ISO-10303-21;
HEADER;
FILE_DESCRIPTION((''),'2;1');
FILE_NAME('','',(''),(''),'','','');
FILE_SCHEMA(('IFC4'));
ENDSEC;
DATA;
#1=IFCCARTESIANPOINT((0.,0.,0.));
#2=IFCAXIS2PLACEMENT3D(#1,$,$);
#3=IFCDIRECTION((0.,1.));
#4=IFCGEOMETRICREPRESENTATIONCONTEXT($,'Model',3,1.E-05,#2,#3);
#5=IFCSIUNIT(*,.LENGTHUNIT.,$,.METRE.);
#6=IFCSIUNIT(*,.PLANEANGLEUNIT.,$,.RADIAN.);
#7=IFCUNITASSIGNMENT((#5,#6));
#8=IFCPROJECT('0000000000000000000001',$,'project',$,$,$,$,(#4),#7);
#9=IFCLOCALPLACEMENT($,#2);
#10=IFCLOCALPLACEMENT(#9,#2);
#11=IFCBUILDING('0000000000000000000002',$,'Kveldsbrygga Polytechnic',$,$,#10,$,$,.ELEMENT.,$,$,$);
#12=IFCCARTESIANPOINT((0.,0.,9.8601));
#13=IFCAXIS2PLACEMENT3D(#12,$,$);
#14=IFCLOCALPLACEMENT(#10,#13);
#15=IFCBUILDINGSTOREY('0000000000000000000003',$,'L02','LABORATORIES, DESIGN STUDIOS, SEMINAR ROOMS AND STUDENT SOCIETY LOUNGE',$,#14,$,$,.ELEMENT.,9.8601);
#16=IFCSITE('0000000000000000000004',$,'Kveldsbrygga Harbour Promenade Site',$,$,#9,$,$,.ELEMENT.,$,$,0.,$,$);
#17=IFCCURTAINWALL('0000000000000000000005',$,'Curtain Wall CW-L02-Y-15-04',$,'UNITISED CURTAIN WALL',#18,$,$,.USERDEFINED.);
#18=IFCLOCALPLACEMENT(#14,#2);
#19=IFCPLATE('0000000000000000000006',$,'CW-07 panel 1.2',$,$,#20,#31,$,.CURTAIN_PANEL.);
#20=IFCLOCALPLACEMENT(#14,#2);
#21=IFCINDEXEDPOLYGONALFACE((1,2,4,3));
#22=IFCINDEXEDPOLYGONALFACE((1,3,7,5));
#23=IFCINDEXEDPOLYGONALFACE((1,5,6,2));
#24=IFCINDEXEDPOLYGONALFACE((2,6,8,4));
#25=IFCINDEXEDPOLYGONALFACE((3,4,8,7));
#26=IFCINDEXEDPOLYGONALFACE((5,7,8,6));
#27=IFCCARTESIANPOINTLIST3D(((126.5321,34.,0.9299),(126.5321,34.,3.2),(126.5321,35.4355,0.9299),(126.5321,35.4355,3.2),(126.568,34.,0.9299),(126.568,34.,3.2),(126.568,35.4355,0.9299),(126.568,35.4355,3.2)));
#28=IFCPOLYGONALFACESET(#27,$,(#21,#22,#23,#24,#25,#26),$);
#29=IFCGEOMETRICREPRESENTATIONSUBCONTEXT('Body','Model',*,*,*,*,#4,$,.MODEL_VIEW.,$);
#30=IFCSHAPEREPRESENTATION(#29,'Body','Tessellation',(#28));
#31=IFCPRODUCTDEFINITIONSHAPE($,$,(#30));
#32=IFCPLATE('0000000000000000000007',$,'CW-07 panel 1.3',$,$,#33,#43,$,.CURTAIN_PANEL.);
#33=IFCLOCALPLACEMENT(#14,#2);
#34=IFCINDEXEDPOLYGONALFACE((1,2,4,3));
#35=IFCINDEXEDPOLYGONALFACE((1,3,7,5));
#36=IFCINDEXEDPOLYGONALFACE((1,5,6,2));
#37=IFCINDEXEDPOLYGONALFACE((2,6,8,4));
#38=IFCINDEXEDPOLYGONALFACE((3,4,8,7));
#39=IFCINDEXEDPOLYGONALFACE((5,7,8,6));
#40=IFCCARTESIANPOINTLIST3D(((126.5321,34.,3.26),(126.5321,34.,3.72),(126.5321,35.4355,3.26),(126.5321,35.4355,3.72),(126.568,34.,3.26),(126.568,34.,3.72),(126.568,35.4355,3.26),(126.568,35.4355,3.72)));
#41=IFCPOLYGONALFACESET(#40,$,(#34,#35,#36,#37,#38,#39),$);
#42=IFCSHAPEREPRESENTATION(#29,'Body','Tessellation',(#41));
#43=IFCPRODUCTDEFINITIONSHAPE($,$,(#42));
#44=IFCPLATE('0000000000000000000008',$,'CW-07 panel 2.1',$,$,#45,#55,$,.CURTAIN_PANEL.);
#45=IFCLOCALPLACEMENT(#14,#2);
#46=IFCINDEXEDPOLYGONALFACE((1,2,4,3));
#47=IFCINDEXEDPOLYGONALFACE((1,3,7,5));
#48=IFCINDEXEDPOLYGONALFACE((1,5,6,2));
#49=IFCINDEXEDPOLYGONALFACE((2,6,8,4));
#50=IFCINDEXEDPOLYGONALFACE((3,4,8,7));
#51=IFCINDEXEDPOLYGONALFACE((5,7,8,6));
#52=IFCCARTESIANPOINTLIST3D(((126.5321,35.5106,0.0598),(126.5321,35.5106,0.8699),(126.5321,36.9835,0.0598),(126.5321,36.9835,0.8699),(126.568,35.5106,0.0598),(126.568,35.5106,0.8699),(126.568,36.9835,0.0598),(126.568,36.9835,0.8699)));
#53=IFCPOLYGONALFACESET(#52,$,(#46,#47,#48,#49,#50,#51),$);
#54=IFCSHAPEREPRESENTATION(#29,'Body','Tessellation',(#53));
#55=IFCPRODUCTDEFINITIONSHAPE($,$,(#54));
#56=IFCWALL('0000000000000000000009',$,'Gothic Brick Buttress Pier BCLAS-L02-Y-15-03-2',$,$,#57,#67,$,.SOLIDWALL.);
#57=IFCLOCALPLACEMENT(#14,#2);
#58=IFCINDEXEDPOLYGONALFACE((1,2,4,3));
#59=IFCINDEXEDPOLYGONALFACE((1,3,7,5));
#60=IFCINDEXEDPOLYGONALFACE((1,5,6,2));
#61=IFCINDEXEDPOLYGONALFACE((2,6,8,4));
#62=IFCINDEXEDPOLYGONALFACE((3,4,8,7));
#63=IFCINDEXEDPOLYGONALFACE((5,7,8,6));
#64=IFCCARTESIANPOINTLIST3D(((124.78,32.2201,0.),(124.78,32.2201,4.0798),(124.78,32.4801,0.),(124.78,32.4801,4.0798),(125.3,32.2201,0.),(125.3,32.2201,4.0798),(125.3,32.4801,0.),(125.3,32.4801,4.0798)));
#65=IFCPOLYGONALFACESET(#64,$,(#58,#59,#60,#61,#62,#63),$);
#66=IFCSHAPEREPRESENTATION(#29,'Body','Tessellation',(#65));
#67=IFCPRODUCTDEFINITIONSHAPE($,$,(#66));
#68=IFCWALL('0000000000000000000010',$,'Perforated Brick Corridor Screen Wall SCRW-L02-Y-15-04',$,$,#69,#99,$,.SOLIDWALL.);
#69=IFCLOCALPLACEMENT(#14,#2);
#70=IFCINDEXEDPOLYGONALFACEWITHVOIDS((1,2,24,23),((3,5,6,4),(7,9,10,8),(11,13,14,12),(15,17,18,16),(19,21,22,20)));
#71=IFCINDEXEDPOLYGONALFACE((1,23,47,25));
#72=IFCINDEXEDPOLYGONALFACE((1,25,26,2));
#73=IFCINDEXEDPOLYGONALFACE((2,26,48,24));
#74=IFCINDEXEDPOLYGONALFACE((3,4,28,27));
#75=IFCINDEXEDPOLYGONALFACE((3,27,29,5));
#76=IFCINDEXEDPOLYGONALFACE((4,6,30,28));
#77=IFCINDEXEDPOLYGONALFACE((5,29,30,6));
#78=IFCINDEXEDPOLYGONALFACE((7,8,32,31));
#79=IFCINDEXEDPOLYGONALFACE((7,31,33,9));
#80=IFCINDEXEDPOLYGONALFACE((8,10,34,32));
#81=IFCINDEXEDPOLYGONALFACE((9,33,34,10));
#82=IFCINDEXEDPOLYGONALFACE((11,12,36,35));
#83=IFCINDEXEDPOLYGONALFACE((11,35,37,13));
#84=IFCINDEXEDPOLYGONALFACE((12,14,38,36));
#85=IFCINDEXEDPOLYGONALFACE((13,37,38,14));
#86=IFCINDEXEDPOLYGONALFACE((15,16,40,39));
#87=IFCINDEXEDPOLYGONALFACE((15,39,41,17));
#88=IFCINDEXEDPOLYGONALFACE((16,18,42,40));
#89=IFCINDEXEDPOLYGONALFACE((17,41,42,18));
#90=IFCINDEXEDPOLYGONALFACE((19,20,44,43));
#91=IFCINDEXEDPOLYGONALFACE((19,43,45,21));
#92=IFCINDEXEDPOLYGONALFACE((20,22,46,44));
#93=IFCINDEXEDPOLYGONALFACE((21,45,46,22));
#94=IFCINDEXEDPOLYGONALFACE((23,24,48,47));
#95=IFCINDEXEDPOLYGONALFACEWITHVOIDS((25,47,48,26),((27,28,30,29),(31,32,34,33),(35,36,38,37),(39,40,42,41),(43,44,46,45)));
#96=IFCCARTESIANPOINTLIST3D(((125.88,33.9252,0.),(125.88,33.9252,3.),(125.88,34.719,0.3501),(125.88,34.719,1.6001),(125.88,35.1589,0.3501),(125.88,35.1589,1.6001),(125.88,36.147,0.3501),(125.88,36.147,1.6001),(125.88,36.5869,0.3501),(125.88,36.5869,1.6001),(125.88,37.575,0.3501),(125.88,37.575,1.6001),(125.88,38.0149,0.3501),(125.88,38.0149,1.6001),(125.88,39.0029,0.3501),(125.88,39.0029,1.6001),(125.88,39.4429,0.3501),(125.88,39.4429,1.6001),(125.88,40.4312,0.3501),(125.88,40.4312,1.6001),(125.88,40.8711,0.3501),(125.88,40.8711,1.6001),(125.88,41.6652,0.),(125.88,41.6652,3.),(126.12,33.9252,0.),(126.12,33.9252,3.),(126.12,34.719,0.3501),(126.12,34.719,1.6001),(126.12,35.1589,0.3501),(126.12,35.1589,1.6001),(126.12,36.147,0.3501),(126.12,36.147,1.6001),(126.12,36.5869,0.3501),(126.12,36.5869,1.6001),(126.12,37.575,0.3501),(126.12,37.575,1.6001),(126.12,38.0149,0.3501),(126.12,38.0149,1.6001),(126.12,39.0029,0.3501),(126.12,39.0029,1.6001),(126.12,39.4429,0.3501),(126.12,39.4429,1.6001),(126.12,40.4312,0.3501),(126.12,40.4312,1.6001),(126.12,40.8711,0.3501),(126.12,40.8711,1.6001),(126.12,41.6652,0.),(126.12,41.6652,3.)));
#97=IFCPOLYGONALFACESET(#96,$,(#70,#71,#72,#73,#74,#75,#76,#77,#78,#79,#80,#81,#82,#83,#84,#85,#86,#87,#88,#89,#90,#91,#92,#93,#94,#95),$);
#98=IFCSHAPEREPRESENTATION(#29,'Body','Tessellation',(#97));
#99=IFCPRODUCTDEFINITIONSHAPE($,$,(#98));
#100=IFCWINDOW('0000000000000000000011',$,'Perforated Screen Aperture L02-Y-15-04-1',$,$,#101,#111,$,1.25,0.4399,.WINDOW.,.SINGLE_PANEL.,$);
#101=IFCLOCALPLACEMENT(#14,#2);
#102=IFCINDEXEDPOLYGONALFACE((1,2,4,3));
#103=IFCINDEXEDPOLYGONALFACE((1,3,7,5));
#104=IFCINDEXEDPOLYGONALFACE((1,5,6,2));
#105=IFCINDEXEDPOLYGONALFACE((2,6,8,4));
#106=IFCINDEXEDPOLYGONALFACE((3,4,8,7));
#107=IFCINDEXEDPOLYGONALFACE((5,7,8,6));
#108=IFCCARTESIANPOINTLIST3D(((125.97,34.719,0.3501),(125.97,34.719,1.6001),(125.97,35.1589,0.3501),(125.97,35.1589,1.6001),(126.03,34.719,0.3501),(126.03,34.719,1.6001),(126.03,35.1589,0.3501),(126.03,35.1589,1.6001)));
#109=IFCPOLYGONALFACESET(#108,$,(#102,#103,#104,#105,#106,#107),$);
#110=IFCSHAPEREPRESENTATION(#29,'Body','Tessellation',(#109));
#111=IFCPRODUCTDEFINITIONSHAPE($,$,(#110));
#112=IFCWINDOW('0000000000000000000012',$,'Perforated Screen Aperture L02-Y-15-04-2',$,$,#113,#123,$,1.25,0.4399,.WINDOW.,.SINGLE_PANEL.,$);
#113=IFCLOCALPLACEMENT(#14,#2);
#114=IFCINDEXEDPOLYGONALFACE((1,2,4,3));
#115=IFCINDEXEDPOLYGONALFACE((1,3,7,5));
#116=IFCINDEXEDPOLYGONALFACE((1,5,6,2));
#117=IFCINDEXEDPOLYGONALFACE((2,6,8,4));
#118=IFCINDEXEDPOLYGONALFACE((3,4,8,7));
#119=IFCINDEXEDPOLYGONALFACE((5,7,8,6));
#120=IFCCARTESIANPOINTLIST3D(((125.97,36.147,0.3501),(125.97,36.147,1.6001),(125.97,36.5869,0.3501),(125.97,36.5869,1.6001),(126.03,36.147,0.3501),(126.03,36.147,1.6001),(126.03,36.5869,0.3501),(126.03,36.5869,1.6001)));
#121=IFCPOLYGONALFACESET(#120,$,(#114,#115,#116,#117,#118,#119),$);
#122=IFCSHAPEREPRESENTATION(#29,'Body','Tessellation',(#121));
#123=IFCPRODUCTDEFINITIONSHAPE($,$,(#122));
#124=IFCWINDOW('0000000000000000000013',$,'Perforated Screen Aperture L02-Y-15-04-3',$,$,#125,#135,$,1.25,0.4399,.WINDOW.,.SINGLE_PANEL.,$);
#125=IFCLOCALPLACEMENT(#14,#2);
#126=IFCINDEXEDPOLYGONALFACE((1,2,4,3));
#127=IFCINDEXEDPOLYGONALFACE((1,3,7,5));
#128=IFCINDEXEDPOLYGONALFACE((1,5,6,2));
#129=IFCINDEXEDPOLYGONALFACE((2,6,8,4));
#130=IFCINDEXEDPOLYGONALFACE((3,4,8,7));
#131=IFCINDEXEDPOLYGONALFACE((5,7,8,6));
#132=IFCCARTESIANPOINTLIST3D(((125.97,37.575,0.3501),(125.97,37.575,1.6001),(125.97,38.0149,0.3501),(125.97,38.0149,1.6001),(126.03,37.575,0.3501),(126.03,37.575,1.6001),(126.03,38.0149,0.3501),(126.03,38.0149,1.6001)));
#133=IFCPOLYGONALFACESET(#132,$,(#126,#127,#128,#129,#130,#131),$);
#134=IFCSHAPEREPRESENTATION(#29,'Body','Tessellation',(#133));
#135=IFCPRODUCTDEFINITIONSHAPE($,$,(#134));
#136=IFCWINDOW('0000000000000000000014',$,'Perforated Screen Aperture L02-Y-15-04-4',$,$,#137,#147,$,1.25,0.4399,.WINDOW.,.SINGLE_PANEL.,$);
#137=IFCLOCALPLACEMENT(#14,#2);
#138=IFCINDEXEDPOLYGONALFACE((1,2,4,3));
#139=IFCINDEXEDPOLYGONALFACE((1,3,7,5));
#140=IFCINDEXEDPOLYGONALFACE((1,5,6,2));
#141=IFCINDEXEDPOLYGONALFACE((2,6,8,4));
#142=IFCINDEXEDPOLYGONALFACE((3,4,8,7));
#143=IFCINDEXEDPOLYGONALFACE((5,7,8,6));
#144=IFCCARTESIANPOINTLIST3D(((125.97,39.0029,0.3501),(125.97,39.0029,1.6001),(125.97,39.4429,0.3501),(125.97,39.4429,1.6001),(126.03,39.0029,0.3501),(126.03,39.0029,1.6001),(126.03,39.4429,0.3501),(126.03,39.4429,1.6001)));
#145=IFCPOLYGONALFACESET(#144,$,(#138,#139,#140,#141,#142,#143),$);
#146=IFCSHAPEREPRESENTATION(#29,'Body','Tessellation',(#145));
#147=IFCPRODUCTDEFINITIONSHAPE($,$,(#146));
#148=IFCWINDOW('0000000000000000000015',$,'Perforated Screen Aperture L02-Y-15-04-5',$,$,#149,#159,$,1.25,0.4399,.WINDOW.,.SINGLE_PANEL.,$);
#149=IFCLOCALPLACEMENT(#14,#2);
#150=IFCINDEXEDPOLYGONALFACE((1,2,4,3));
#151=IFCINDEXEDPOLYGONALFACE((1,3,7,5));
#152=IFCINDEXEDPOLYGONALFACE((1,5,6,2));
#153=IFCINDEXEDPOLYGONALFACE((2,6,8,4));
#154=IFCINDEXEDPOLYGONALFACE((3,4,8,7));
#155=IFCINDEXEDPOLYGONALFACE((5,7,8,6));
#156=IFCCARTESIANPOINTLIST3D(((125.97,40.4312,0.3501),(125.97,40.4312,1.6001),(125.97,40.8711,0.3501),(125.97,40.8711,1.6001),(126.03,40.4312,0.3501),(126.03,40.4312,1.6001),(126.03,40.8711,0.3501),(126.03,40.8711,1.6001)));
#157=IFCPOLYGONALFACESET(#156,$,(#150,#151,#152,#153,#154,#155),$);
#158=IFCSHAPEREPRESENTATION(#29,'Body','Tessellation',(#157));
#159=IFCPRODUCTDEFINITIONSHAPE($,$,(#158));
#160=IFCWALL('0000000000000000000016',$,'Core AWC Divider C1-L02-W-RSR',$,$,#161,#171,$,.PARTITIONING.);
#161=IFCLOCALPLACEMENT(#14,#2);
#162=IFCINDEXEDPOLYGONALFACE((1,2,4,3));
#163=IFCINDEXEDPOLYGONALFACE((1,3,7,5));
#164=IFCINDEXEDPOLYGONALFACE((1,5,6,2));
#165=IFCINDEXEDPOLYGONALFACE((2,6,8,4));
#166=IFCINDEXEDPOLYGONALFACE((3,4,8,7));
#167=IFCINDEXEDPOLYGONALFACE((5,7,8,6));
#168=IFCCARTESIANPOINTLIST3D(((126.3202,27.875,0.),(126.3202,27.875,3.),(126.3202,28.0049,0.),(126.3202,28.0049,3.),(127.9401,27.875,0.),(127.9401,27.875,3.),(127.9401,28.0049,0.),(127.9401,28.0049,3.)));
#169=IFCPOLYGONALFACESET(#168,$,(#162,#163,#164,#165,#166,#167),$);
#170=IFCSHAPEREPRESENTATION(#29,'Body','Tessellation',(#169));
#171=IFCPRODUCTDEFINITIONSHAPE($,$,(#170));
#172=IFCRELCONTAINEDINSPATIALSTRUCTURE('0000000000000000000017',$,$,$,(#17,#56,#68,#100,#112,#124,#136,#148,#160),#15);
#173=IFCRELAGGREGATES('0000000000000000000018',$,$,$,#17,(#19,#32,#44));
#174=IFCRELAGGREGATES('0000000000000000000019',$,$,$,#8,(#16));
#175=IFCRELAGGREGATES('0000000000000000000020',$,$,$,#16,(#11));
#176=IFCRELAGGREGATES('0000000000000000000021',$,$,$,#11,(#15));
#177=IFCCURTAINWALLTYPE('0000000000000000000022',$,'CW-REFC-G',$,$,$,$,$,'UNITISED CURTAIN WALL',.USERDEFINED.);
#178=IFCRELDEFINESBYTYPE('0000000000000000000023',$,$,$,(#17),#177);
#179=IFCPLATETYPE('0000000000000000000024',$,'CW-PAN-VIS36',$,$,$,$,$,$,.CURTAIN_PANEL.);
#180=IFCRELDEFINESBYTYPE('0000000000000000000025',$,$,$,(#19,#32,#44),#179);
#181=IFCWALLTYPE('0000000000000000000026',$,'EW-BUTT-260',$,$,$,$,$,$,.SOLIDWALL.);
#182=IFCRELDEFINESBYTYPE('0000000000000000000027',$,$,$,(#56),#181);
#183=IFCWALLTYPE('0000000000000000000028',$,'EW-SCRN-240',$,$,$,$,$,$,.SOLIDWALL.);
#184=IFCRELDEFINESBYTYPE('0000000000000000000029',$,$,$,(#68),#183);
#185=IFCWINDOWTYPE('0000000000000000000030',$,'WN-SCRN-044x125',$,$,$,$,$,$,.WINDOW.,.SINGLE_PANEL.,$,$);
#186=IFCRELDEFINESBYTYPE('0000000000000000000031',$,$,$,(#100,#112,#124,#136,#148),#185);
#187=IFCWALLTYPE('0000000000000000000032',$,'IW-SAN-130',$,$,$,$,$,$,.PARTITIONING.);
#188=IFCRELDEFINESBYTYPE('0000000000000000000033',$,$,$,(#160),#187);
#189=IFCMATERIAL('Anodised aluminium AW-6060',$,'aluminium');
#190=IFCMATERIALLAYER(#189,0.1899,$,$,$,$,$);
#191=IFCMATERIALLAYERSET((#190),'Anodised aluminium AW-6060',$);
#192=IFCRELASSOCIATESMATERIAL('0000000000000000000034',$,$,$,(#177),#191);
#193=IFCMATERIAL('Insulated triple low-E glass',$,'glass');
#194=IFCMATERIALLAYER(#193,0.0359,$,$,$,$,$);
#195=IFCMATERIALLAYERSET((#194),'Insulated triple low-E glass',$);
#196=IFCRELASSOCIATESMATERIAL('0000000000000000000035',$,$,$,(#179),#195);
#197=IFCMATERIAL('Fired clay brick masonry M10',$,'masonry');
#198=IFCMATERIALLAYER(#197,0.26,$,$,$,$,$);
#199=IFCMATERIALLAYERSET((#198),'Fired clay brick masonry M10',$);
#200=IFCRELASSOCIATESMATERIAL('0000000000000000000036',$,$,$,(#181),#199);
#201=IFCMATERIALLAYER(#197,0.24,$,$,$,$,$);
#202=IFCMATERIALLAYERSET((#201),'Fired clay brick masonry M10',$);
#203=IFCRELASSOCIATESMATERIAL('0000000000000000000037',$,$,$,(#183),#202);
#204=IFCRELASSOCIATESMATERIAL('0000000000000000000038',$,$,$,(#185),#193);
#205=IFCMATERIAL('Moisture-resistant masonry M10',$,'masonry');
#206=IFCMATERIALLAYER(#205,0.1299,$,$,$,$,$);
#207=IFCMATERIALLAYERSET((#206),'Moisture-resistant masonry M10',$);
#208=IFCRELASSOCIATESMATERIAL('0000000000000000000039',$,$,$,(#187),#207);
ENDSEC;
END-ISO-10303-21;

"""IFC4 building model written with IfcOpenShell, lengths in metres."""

from ifc_helpers import new_model, si_unit, direction, frame, frame_2d, origin, origin_2d, place, context, subcontext, project, spatial, rectangle, extrude, material, layer, layer_set, type_object, element, fill, aggregate, save


model = new_model("IFC4")

# Units and contexts
model_context = context("Model", 3, precision=1e-05, world=origin(), true_north=direction((0.0, 1.0)))
body_context = subcontext(model_context, "Body", "Model", "MODEL_VIEW")
ifc_project = project(units=[si_unit("LENGTHUNIT", "METRE"), si_unit("PLANEANGLEUNIT", "RADIAN")], contexts=[model_context])

# Site, building, storey
site_placement = place(None, origin())
site = spatial("IfcSite", under=ifc_project, at=site_placement, Name="Kveldsbrygga Harbour Promenade Site", CompositionType="ELEMENT", RefElevation=0.0)
building_placement = place(site_placement, origin())
building = spatial("IfcBuilding", under=site, at=building_placement, Name="Kveldsbrygga Polytechnic", CompositionType="ELEMENT")
storey_placement = place(building_placement, frame((0.0, 0.0, 9.8601)))
storey = spatial("IfcBuildingStorey", under=building, at=storey_placement, Name="L02", Description="LABORATORIES, DESIGN STUDIOS, SEMINAR ROOMS AND STUDENT SOCIETY LOUNGE", CompositionType="ELEMENT", Elevation=9.8601)

# Curtain wall, plates
ifc_material_1 = material(Name="Anodised aluminium AW-6060", Category="aluminium")
ifc_layer_1 = layer(ifc_material_1, 0.1899)
ifc_layer_set_1 = layer_set([ifc_layer_1], Name="Anodised aluminium AW-6060")
curtain_wall_type = type_object("IfcCurtainWallType", Name="CW-REFC-G", ElementType="UNITISED CURTAIN WALL", PredefinedType="USERDEFINED", material=ifc_layer_set_1)
curtain_wall_placement = place(storey_placement, origin())
curtain_wall = element("IfcCurtainWall", 1, at=curtain_wall_placement, inside=storey, type_object=curtain_wall_type, Name="Curtain Wall CW-L02-Y-15-04", ObjectType="UNITISED CURTAIN WALL", PredefinedType="USERDEFINED")
ifc_material_2 = material(Name="Insulated triple low-E glass", Category="glass")
ifc_layer_2 = layer(ifc_material_2, 0.0359)
ifc_layer_set_2 = layer_set([ifc_layer_2], Name="Insulated triple low-E glass")
plate_type = type_object("IfcPlateType", Name="CW-PAN-VIS36", PredefinedType="CURTAIN_PANEL", material=ifc_layer_set_2)
plate_1_placement = place(storey_placement, frame((126.55, 34.7178, 0.9299), z_axis=(0.0, 0.0, 1.0), x_axis=(0.0, 1.0, 0.0)))
plate_1 = element("IfcPlate", 2, at=plate_1_placement, type_object=plate_type, Name="CW-07 panel 1.2", PredefinedType="CURTAIN_PANEL", context=body_context, shape_type="SweptSolid", body=[
    extrude(rectangle(XDim=1.4355, YDim=0.0359, at=origin_2d()), origin(), (0.0, 0.0, 1.0), 2.27),
])
plate_2_placement = place(storey_placement, frame((126.55, 34.7178, 3.26), z_axis=(0.0, 0.0, 1.0), x_axis=(0.0, 1.0, 0.0)))
plate_2 = element("IfcPlate", 3, at=plate_2_placement, type_object=plate_type, Name="CW-07 panel 1.3", PredefinedType="CURTAIN_PANEL", context=body_context, shape_type="SweptSolid", body=[
    extrude(rectangle(XDim=1.4355, YDim=0.0359, at=origin_2d()), origin(), (0.0, 0.0, 1.0), 0.46),
])
plate_3_placement = place(storey_placement, frame((126.55, 36.2471, 0.0598), z_axis=(0.0, 0.0, 1.0), x_axis=(0.0, 1.0, 0.0)))
plate_3 = element("IfcPlate", 4, at=plate_3_placement, type_object=plate_type, Name="CW-07 panel 2.1", PredefinedType="CURTAIN_PANEL", context=body_context, shape_type="SweptSolid", body=[
    extrude(rectangle(XDim=1.4729, YDim=0.0359, at=origin_2d()), origin(), (0.0, 0.0, 1.0), 0.8101),
])
aggregate(curtain_wall, [plate_1, plate_2, plate_3])

# Wall
ifc_material_3 = material(Name="Fired clay brick masonry M10", Category="masonry")
ifc_layer_3 = layer(ifc_material_3, 0.26)
ifc_layer_set_3 = layer_set([ifc_layer_3], Name="Fired clay brick masonry M10")
wall_type_1 = type_object("IfcWallType", Name="EW-BUTT-260", PredefinedType="SOLIDWALL", material=ifc_layer_set_3)
wall_1_placement = place(storey_placement, frame((125.3, 32.3501, 0.0), z_axis=(0.0, 0.0, 1.0), x_axis=(-1.0, 0.0, 0.0)))
element("IfcWall", 5, at=wall_1_placement, inside=storey, type_object=wall_type_1, Name="Gothic Brick Buttress Pier BCLAS-L02-Y-15-03-2", PredefinedType="SOLIDWALL", context=body_context, shape_type="SweptSolid", body=[
    extrude(rectangle(XDim=0.52, YDim=0.26, at=frame_2d((0.26, 0.0))), origin(), (0.0, 0.0, 1.0), 4.0798),
])

# Wall, openings, windows
ifc_layer_4 = layer(ifc_material_3, 0.24)
ifc_layer_set_4 = layer_set([ifc_layer_4], Name="Fired clay brick masonry M10")
wall_type_2 = type_object("IfcWallType", Name="EW-SCRN-240", PredefinedType="SOLIDWALL", material=ifc_layer_set_4)
wall_2_placement = place(storey_placement, frame((126.0, 33.925, 0.0), z_axis=(0.0, 0.0, 1.0), x_axis=(0.0, 1.0, 0.0)))
wall_2 = element("IfcWall", 6, at=wall_2_placement, inside=storey, type_object=wall_type_2, Name="Perforated Brick Corridor Screen Wall SCRW-L02-Y-15-04", PredefinedType="SOLIDWALL", context=body_context, shape_type="SweptSolid", body=[
    extrude(rectangle(XDim=7.74, YDim=0.24, at=frame_2d((3.8701, 0.0))), origin(), (0.0, 0.0, 1.0), 3.0),
])
opening_1_placement = place(wall_2_placement, frame((0.7939, 0.0, 0.3501)))
opening_1 = element("IfcOpeningElement", 7, at=opening_1_placement, cuts=wall_2, PredefinedType="OPENING", context=body_context, shape_type="SweptSolid", body=[
    extrude(rectangle(XDim=0.4399, YDim=1.25, at=frame_2d((0.22, 0.625))), frame((0.0, 0.1299, 0.0), z_axis=(0.0, -1.0, 0.0), x_axis=(1.0, 0.0, 0.0)), (0.0, 0.0, 1.0), 0.26),
])
opening_2_placement = place(wall_2_placement, frame((2.2219, 0.0, 0.3501)))
opening_2 = element("IfcOpeningElement", 8, at=opening_2_placement, cuts=wall_2, PredefinedType="OPENING", context=body_context, shape_type="SweptSolid", body=[
    extrude(rectangle(XDim=0.4399, YDim=1.25, at=frame_2d((0.22, 0.625))), frame((0.0, 0.1299, 0.0), z_axis=(0.0, -1.0, 0.0), x_axis=(1.0, 0.0, 0.0)), (0.0, 0.0, 1.0), 0.26),
])
opening_3_placement = place(wall_2_placement, frame((3.6499, 0.0, 0.3501)))
opening_3 = element("IfcOpeningElement", 9, at=opening_3_placement, cuts=wall_2, PredefinedType="OPENING", context=body_context, shape_type="SweptSolid", body=[
    extrude(rectangle(XDim=0.4399, YDim=1.25, at=frame_2d((0.22, 0.625))), frame((0.0, 0.1299, 0.0), z_axis=(0.0, -1.0, 0.0), x_axis=(1.0, 0.0, 0.0)), (0.0, 0.0, 1.0), 0.26),
])
opening_4_placement = place(wall_2_placement, frame((5.0779, 0.0, 0.3501)))
opening_4 = element("IfcOpeningElement", 10, at=opening_4_placement, cuts=wall_2, PredefinedType="OPENING", context=body_context, shape_type="SweptSolid", body=[
    extrude(rectangle(XDim=0.4399, YDim=1.25, at=frame_2d((0.22, 0.625))), frame((0.0, 0.1299, 0.0), z_axis=(0.0, -1.0, 0.0), x_axis=(1.0, 0.0, 0.0)), (0.0, 0.0, 1.0), 0.26),
])
opening_5_placement = place(wall_2_placement, frame((6.5061, 0.0, 0.3501)))
opening_5 = element("IfcOpeningElement", 11, at=opening_5_placement, cuts=wall_2, PredefinedType="OPENING", context=body_context, shape_type="SweptSolid", body=[
    extrude(rectangle(XDim=0.4399, YDim=1.25, at=frame_2d((0.22, 0.625))), frame((0.0, 0.1299, 0.0), z_axis=(0.0, -1.0, 0.0), x_axis=(1.0, 0.0, 0.0)), (0.0, 0.0, 1.0), 0.26),
])
window_type = type_object("IfcWindowType", Name="WN-SCRN-044x125", PartitioningType="SINGLE_PANEL", PredefinedType="WINDOW", material=ifc_material_2)
window_1_placement = place(opening_1_placement, origin())
window_1 = element("IfcWindow", 12, at=window_1_placement, inside=storey, type_object=window_type, Name="Perforated Screen Aperture L02-Y-15-04-1", OverallHeight=1.25, OverallWidth=0.4399, PartitioningType="SINGLE_PANEL", PredefinedType="WINDOW", context=body_context, shape_type="SweptSolid", body=[
    extrude(rectangle(XDim=0.4399, YDim=1.25, at=frame_2d((0.22, 0.625))), frame((0.0, 0.03, 0.0), z_axis=(0.0, -1.0, 0.0), x_axis=(1.0, 0.0, 0.0)), (0.0, 0.0, 1.0), 0.0601),
])
fill(opening_1, window_1)
window_2_placement = place(opening_2_placement, origin())
window_2 = element("IfcWindow", 13, at=window_2_placement, inside=storey, type_object=window_type, Name="Perforated Screen Aperture L02-Y-15-04-2", OverallHeight=1.25, OverallWidth=0.4399, PartitioningType="SINGLE_PANEL", PredefinedType="WINDOW", context=body_context, shape_type="SweptSolid", body=[
    extrude(rectangle(XDim=0.4399, YDim=1.25, at=frame_2d((0.22, 0.625))), frame((0.0, 0.03, 0.0), z_axis=(0.0, -1.0, 0.0), x_axis=(1.0, 0.0, 0.0)), (0.0, 0.0, 1.0), 0.0601),
])
fill(opening_2, window_2)
window_3_placement = place(opening_3_placement, origin())
window_3 = element("IfcWindow", 14, at=window_3_placement, inside=storey, type_object=window_type, Name="Perforated Screen Aperture L02-Y-15-04-3", OverallHeight=1.25, OverallWidth=0.4399, PartitioningType="SINGLE_PANEL", PredefinedType="WINDOW", context=body_context, shape_type="SweptSolid", body=[
    extrude(rectangle(XDim=0.4399, YDim=1.25, at=frame_2d((0.22, 0.625))), frame((0.0, 0.03, 0.0), z_axis=(0.0, -1.0, 0.0), x_axis=(1.0, 0.0, 0.0)), (0.0, 0.0, 1.0), 0.0601),
])
fill(opening_3, window_3)
window_4_placement = place(opening_4_placement, origin())
window_4 = element("IfcWindow", 15, at=window_4_placement, inside=storey, type_object=window_type, Name="Perforated Screen Aperture L02-Y-15-04-4", OverallHeight=1.25, OverallWidth=0.4399, PartitioningType="SINGLE_PANEL", PredefinedType="WINDOW", context=body_context, shape_type="SweptSolid", body=[
    extrude(rectangle(XDim=0.4399, YDim=1.25, at=frame_2d((0.22, 0.625))), frame((0.0, 0.03, 0.0), z_axis=(0.0, -1.0, 0.0), x_axis=(1.0, 0.0, 0.0)), (0.0, 0.0, 1.0), 0.0601),
])
fill(opening_4, window_4)
window_5_placement = place(opening_5_placement, origin())
window_5 = element("IfcWindow", 16, at=window_5_placement, inside=storey, type_object=window_type, Name="Perforated Screen Aperture L02-Y-15-04-5", OverallHeight=1.25, OverallWidth=0.4399, PartitioningType="SINGLE_PANEL", PredefinedType="WINDOW", context=body_context, shape_type="SweptSolid", body=[
    extrude(rectangle(XDim=0.4399, YDim=1.25, at=frame_2d((0.22, 0.625))), frame((0.0, 0.03, 0.0), z_axis=(0.0, -1.0, 0.0), x_axis=(1.0, 0.0, 0.0)), (0.0, 0.0, 1.0), 0.0601),
])
fill(opening_5, window_5)

# Wall
ifc_material_4 = material(Name="Moisture-resistant masonry M10", Category="masonry")
ifc_layer_5 = layer(ifc_material_4, 0.1299)
ifc_layer_set_5 = layer_set([ifc_layer_5], Name="Moisture-resistant masonry M10")
wall_type_3 = type_object("IfcWallType", Name="IW-SAN-130", PredefinedType="PARTITIONING", material=ifc_layer_set_5)
wall_3_placement = place(storey_placement, frame((126.3201, 27.9399, 0.0), z_axis=(0.0, 0.0, 1.0), x_axis=(1.0, 0.0, 0.0)))
element("IfcWall", 17, at=wall_3_placement, inside=storey, type_object=wall_type_3, Name="Core AWC Divider C1-L02-W-RSR", PredefinedType="PARTITIONING", context=body_context, shape_type="SweptSolid", body=[
    extrude(rectangle(XDim=1.6199, YDim=0.1299, at=frame_2d((0.8101, 0.0))), origin(), (0.0, 0.0, 1.0), 3.0),
])

save(model, "model.ifc")
